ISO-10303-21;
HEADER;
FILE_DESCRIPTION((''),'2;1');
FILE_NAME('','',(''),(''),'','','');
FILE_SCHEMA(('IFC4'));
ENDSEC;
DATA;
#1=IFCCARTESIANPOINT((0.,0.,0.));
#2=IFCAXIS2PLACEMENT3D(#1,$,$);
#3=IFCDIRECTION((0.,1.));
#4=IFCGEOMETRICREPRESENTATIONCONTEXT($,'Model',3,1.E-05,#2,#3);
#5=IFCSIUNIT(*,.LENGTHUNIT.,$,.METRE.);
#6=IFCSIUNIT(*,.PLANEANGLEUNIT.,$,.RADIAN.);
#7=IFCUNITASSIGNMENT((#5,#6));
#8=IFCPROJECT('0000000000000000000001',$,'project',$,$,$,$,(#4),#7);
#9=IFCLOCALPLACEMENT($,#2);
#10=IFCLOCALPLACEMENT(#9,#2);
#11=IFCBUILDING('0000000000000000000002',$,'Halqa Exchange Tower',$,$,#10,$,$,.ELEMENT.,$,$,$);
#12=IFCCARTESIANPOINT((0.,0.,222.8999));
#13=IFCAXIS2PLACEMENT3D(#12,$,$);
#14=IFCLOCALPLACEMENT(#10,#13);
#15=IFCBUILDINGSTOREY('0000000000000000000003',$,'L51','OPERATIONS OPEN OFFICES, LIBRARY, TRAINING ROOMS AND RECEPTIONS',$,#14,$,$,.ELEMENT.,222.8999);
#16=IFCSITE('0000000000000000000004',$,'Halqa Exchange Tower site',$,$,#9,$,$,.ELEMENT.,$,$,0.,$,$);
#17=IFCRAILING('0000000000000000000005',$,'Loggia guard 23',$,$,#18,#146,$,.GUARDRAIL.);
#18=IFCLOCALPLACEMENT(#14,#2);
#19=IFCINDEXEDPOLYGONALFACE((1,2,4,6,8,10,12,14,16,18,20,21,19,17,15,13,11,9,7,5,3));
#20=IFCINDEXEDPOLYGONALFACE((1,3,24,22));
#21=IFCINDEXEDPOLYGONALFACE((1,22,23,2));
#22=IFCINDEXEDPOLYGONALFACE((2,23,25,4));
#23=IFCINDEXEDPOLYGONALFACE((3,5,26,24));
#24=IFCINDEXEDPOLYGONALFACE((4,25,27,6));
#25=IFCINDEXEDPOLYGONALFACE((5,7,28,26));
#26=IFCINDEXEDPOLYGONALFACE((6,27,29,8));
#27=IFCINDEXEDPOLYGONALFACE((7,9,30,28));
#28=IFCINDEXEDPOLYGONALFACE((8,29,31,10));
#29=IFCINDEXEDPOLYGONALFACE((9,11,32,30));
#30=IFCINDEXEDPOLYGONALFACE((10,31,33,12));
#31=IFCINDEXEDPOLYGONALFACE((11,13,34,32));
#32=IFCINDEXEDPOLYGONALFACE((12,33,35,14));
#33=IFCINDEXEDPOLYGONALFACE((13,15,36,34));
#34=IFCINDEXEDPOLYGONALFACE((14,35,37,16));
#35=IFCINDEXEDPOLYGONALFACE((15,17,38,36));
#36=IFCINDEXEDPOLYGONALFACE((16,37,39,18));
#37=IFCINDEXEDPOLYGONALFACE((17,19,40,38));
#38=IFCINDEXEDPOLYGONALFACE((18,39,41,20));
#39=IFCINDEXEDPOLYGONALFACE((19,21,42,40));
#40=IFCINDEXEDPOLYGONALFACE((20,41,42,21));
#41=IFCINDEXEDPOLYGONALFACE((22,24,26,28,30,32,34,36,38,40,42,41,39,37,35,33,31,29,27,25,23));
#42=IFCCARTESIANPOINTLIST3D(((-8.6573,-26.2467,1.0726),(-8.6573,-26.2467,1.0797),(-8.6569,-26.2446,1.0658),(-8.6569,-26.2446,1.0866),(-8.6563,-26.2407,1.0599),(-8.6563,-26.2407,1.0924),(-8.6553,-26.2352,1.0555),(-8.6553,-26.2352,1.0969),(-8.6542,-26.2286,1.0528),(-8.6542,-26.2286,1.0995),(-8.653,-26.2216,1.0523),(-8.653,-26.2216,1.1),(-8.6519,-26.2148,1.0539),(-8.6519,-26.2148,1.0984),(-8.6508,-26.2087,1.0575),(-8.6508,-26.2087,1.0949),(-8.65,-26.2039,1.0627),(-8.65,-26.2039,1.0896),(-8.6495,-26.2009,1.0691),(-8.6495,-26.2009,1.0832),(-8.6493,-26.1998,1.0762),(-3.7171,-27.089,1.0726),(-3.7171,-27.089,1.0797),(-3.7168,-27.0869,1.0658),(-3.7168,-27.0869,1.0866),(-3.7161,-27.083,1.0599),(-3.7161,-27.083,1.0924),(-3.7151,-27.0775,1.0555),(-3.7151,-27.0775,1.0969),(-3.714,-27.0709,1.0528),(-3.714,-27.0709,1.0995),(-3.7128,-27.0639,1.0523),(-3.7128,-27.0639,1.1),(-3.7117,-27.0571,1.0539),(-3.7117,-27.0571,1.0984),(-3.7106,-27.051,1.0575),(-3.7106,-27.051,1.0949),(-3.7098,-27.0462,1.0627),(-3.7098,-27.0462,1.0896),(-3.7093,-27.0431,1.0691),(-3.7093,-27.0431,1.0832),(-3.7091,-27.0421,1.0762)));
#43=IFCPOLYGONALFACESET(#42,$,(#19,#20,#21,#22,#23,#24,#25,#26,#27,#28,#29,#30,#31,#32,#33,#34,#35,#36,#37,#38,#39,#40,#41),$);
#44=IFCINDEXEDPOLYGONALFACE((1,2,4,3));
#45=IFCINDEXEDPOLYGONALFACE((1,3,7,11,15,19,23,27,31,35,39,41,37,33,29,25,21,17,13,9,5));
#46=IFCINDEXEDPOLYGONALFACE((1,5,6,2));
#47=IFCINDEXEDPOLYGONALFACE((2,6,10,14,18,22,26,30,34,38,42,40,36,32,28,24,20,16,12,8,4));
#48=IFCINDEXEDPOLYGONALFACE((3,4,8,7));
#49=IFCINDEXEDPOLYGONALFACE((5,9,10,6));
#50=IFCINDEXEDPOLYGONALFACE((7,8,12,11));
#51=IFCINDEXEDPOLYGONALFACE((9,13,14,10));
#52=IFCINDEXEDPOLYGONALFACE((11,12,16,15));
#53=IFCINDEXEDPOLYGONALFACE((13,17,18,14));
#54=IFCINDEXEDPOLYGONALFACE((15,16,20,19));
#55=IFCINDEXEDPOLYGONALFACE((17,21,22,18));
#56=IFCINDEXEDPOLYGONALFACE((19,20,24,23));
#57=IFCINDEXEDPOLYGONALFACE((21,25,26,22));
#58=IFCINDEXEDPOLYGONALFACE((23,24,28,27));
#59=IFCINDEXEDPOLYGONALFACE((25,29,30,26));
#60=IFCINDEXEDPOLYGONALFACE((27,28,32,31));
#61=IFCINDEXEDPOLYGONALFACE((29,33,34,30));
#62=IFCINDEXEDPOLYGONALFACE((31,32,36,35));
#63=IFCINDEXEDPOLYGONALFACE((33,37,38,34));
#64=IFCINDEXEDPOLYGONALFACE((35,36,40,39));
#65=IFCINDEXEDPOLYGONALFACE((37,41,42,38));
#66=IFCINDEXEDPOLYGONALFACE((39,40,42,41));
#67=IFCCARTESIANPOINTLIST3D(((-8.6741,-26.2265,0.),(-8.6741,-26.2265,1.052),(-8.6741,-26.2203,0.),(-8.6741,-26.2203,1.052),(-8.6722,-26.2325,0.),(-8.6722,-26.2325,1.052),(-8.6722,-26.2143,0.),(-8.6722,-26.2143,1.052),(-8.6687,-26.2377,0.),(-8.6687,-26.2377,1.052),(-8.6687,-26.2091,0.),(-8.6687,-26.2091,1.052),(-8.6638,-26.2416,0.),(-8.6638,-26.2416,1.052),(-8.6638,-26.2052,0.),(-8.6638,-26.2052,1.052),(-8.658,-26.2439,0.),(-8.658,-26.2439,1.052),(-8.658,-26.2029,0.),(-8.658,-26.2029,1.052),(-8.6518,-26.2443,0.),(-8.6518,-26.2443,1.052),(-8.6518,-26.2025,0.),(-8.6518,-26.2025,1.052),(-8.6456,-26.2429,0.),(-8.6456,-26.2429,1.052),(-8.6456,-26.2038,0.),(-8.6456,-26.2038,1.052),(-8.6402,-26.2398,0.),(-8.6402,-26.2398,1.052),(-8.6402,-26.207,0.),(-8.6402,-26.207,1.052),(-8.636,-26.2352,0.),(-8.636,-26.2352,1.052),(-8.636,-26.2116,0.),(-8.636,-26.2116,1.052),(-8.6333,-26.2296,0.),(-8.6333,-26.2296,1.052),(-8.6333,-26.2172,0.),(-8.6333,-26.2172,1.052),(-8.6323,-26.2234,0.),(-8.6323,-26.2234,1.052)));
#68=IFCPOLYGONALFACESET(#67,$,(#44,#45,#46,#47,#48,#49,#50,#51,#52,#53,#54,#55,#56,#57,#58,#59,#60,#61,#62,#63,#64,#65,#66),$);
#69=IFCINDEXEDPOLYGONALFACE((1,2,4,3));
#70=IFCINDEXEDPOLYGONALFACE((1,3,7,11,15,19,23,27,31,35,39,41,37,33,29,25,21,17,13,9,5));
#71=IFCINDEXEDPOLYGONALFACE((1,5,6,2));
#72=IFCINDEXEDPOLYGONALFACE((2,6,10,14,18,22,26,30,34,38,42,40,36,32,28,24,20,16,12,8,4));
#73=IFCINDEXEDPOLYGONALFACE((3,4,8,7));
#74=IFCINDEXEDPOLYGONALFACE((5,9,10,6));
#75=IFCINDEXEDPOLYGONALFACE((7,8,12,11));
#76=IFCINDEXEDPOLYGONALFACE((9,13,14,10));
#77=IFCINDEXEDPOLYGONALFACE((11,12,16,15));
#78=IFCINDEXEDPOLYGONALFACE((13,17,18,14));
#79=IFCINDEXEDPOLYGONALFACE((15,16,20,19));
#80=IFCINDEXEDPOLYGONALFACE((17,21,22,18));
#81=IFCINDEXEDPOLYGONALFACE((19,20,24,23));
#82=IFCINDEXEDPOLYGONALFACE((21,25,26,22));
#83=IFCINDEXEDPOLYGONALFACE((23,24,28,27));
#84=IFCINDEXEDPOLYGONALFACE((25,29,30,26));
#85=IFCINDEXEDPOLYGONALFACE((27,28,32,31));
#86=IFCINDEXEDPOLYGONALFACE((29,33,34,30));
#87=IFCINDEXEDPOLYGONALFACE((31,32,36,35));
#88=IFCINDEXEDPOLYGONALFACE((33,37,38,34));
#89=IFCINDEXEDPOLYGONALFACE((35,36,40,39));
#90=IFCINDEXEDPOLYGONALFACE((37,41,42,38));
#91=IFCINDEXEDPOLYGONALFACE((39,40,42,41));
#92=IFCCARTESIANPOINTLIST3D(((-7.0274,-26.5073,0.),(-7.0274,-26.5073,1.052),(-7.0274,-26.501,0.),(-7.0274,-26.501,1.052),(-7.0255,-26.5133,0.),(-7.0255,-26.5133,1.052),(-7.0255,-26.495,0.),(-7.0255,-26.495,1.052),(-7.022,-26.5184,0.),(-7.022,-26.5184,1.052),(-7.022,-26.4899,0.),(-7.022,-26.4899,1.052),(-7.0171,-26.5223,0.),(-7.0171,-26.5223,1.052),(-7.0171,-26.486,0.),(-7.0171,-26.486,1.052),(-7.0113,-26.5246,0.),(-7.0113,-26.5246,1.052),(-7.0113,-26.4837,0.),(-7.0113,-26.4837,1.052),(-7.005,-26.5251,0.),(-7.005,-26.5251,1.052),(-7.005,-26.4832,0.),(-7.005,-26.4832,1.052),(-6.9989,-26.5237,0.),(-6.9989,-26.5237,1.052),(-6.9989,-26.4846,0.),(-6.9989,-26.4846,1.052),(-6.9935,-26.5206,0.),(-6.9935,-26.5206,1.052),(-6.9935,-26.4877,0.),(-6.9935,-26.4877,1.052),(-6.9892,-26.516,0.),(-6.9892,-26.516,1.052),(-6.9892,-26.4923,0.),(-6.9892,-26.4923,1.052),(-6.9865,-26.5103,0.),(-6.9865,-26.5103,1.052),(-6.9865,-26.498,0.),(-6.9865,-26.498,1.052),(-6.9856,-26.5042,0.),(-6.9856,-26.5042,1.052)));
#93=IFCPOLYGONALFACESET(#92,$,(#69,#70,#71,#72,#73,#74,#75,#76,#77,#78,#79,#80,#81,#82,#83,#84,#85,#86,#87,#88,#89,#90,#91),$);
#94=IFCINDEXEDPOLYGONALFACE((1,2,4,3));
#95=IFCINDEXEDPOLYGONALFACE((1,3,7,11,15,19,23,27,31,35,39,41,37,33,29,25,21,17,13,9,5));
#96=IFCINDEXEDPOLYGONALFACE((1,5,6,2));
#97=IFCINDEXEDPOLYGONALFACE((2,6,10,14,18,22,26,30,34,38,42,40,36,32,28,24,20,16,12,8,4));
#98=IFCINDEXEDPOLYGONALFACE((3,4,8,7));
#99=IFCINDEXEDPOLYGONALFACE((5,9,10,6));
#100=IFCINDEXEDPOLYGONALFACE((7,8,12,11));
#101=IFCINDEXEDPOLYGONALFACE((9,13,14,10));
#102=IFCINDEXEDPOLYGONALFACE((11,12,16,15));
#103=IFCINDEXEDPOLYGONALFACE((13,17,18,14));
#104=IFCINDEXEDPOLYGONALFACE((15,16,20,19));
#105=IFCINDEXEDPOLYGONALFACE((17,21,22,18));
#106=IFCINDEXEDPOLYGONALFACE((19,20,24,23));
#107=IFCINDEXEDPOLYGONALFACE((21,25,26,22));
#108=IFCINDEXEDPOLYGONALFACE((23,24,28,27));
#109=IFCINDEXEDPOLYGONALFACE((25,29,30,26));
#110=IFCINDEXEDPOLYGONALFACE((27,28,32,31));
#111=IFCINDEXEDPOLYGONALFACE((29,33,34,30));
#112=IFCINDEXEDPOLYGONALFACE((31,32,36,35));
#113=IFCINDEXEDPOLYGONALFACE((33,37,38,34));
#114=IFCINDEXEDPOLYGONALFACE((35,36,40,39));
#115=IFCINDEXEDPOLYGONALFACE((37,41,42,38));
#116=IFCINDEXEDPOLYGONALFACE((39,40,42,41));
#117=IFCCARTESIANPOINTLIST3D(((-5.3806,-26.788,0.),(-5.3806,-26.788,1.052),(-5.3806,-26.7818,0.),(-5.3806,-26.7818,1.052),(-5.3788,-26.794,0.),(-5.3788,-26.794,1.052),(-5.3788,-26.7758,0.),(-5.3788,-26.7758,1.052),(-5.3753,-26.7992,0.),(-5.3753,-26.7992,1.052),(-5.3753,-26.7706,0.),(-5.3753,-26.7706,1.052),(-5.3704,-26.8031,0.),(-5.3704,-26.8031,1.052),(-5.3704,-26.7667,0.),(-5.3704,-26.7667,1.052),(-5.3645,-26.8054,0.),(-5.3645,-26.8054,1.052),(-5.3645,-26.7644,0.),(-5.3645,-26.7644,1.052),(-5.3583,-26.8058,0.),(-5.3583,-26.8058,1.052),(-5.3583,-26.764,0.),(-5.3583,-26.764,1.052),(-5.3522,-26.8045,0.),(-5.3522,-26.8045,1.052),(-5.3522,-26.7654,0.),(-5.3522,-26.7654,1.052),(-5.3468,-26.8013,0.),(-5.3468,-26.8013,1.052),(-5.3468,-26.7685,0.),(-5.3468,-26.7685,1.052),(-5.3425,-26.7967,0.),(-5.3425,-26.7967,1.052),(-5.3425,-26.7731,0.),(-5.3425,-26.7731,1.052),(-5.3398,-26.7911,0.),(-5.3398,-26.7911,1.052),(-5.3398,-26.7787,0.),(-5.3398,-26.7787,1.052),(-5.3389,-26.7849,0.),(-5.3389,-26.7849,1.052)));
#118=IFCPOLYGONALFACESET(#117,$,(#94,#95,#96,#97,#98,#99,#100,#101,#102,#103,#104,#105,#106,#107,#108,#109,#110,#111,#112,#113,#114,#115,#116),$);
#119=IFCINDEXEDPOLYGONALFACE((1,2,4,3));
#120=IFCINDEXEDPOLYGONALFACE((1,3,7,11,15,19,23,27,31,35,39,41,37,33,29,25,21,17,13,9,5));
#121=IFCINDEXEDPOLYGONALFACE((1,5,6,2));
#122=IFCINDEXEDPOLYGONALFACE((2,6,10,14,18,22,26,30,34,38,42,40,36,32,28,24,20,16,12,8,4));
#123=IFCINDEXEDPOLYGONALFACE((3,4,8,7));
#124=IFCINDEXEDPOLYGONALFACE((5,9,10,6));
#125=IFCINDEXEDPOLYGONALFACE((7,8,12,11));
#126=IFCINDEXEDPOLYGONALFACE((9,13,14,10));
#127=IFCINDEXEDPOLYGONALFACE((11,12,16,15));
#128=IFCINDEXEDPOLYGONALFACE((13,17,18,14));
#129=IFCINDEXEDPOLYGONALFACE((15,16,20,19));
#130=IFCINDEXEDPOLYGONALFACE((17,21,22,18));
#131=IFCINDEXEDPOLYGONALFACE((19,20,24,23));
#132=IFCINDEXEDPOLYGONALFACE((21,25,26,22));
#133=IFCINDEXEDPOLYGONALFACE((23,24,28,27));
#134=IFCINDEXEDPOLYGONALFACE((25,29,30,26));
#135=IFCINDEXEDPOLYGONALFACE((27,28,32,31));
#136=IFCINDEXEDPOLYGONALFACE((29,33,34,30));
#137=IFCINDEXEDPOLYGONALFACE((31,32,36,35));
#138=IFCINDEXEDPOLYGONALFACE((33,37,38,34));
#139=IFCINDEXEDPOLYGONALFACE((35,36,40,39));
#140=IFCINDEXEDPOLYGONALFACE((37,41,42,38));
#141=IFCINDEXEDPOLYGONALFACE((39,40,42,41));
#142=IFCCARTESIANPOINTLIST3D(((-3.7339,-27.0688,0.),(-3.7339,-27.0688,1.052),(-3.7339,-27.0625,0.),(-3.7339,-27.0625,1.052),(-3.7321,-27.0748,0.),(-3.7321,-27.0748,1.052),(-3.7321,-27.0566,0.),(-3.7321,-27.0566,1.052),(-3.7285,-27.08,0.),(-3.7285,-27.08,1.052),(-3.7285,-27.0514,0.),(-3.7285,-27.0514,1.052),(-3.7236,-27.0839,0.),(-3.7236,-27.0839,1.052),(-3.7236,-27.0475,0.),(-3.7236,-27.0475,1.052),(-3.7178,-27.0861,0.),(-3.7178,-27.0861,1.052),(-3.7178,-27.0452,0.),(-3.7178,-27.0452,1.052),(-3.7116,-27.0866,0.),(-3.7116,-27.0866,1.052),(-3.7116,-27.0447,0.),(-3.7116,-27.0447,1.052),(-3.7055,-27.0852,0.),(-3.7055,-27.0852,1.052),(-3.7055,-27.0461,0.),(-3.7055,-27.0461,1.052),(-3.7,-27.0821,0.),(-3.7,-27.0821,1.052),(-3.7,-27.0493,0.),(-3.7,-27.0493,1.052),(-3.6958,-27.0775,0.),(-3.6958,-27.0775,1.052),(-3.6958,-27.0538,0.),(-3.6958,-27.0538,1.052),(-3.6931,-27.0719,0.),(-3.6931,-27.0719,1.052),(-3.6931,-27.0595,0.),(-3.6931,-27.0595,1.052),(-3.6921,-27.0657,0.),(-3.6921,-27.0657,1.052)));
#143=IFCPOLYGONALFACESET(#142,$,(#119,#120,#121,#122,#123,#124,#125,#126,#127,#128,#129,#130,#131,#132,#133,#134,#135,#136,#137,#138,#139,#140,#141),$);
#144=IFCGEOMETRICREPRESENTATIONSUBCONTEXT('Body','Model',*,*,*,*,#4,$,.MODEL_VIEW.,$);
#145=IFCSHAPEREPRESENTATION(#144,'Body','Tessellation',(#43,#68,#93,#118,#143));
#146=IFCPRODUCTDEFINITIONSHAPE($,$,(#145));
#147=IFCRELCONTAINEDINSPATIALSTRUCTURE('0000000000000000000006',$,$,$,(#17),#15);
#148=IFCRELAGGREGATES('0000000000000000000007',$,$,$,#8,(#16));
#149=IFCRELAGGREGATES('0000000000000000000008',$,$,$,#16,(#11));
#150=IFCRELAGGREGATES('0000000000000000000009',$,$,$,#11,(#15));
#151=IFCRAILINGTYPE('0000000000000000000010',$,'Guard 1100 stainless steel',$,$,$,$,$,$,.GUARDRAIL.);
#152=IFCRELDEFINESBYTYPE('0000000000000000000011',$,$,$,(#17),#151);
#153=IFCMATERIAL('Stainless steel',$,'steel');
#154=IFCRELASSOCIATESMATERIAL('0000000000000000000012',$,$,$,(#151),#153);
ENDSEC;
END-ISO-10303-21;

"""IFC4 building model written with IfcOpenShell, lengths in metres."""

from ifc_helpers import new_model, si_unit, direction, frame, origin, origin_2d, place, context, subcontext, project, spatial, circle, extrude, material, type_object, element, save


model = new_model("IFC4")

# Units and contexts
model_context = context("Model", 3, precision=1e-05, world=origin(), true_north=direction((0.0, 1.0)))
body_context = subcontext(model_context, "Body", "Model", "MODEL_VIEW")
ifc_project = project(units=[si_unit("LENGTHUNIT", "METRE"), si_unit("PLANEANGLEUNIT", "RADIAN")], contexts=[model_context])

# Site, building, storey
site_placement = place(None, origin())
site = spatial("IfcSite", under=ifc_project, at=site_placement, Name="Halqa Exchange Tower site", CompositionType="ELEMENT", RefElevation=0.0)
building_placement = place(site_placement, origin())
building = spatial("IfcBuilding", under=site, at=building_placement, Name="Halqa Exchange Tower", CompositionType="ELEMENT")
storey_placement = place(building_placement, frame((0.0, 0.0, 222.8999)))
storey = spatial("IfcBuildingStorey", under=building, at=storey_placement, Name="L51", Description="OPERATIONS OPEN OFFICES, LIBRARY, TRAINING ROOMS AND RECEPTIONS", CompositionType="ELEMENT", Elevation=222.8999)

# Railing
ifc_material_1 = material(Name="Stainless steel", Category="steel")
railing_type = type_object("IfcRailingType", Name="Guard 1100 stainless steel", PredefinedType="GUARDRAIL", material=ifc_material_1)
railing_1_placement = place(storey_placement, frame((-8.6533, -26.2234, 0.0)))
element("IfcRailing", 1, at=railing_1_placement, inside=storey, type_object=railing_type, Name="Loggia guard 23", PredefinedType="GUARDRAIL", context=body_context, shape_type="SweptSolid", body=[
    extrude(circle(Radius=0.0239, at=origin_2d()), frame((0.0, 0.0, 1.0762), z_axis=(0.985775, -0.168071, 0.0), x_axis=(0.168071, 0.985775, 0.0)), (0.0, 0.0, 1.0), 5.0115),
    extrude(circle(Radius=0.021, at=origin_2d()), origin(), (0.0, 0.0, 1.0), 1.052),
    extrude(circle(Radius=0.021, at=origin_2d()), frame((1.6467, -0.2808, 0.0)), (0.0, 0.0, 1.0), 1.052),
    extrude(circle(Radius=0.021, at=origin_2d()), frame((3.2935, -0.5615, 0.0)), (0.0, 0.0, 1.0), 1.052),
    extrude(circle(Radius=0.021, at=origin_2d()), frame((4.9402, -0.8423, 0.0)), (0.0, 0.0, 1.0), 1.052),
])

save(model, "model.ifc")
